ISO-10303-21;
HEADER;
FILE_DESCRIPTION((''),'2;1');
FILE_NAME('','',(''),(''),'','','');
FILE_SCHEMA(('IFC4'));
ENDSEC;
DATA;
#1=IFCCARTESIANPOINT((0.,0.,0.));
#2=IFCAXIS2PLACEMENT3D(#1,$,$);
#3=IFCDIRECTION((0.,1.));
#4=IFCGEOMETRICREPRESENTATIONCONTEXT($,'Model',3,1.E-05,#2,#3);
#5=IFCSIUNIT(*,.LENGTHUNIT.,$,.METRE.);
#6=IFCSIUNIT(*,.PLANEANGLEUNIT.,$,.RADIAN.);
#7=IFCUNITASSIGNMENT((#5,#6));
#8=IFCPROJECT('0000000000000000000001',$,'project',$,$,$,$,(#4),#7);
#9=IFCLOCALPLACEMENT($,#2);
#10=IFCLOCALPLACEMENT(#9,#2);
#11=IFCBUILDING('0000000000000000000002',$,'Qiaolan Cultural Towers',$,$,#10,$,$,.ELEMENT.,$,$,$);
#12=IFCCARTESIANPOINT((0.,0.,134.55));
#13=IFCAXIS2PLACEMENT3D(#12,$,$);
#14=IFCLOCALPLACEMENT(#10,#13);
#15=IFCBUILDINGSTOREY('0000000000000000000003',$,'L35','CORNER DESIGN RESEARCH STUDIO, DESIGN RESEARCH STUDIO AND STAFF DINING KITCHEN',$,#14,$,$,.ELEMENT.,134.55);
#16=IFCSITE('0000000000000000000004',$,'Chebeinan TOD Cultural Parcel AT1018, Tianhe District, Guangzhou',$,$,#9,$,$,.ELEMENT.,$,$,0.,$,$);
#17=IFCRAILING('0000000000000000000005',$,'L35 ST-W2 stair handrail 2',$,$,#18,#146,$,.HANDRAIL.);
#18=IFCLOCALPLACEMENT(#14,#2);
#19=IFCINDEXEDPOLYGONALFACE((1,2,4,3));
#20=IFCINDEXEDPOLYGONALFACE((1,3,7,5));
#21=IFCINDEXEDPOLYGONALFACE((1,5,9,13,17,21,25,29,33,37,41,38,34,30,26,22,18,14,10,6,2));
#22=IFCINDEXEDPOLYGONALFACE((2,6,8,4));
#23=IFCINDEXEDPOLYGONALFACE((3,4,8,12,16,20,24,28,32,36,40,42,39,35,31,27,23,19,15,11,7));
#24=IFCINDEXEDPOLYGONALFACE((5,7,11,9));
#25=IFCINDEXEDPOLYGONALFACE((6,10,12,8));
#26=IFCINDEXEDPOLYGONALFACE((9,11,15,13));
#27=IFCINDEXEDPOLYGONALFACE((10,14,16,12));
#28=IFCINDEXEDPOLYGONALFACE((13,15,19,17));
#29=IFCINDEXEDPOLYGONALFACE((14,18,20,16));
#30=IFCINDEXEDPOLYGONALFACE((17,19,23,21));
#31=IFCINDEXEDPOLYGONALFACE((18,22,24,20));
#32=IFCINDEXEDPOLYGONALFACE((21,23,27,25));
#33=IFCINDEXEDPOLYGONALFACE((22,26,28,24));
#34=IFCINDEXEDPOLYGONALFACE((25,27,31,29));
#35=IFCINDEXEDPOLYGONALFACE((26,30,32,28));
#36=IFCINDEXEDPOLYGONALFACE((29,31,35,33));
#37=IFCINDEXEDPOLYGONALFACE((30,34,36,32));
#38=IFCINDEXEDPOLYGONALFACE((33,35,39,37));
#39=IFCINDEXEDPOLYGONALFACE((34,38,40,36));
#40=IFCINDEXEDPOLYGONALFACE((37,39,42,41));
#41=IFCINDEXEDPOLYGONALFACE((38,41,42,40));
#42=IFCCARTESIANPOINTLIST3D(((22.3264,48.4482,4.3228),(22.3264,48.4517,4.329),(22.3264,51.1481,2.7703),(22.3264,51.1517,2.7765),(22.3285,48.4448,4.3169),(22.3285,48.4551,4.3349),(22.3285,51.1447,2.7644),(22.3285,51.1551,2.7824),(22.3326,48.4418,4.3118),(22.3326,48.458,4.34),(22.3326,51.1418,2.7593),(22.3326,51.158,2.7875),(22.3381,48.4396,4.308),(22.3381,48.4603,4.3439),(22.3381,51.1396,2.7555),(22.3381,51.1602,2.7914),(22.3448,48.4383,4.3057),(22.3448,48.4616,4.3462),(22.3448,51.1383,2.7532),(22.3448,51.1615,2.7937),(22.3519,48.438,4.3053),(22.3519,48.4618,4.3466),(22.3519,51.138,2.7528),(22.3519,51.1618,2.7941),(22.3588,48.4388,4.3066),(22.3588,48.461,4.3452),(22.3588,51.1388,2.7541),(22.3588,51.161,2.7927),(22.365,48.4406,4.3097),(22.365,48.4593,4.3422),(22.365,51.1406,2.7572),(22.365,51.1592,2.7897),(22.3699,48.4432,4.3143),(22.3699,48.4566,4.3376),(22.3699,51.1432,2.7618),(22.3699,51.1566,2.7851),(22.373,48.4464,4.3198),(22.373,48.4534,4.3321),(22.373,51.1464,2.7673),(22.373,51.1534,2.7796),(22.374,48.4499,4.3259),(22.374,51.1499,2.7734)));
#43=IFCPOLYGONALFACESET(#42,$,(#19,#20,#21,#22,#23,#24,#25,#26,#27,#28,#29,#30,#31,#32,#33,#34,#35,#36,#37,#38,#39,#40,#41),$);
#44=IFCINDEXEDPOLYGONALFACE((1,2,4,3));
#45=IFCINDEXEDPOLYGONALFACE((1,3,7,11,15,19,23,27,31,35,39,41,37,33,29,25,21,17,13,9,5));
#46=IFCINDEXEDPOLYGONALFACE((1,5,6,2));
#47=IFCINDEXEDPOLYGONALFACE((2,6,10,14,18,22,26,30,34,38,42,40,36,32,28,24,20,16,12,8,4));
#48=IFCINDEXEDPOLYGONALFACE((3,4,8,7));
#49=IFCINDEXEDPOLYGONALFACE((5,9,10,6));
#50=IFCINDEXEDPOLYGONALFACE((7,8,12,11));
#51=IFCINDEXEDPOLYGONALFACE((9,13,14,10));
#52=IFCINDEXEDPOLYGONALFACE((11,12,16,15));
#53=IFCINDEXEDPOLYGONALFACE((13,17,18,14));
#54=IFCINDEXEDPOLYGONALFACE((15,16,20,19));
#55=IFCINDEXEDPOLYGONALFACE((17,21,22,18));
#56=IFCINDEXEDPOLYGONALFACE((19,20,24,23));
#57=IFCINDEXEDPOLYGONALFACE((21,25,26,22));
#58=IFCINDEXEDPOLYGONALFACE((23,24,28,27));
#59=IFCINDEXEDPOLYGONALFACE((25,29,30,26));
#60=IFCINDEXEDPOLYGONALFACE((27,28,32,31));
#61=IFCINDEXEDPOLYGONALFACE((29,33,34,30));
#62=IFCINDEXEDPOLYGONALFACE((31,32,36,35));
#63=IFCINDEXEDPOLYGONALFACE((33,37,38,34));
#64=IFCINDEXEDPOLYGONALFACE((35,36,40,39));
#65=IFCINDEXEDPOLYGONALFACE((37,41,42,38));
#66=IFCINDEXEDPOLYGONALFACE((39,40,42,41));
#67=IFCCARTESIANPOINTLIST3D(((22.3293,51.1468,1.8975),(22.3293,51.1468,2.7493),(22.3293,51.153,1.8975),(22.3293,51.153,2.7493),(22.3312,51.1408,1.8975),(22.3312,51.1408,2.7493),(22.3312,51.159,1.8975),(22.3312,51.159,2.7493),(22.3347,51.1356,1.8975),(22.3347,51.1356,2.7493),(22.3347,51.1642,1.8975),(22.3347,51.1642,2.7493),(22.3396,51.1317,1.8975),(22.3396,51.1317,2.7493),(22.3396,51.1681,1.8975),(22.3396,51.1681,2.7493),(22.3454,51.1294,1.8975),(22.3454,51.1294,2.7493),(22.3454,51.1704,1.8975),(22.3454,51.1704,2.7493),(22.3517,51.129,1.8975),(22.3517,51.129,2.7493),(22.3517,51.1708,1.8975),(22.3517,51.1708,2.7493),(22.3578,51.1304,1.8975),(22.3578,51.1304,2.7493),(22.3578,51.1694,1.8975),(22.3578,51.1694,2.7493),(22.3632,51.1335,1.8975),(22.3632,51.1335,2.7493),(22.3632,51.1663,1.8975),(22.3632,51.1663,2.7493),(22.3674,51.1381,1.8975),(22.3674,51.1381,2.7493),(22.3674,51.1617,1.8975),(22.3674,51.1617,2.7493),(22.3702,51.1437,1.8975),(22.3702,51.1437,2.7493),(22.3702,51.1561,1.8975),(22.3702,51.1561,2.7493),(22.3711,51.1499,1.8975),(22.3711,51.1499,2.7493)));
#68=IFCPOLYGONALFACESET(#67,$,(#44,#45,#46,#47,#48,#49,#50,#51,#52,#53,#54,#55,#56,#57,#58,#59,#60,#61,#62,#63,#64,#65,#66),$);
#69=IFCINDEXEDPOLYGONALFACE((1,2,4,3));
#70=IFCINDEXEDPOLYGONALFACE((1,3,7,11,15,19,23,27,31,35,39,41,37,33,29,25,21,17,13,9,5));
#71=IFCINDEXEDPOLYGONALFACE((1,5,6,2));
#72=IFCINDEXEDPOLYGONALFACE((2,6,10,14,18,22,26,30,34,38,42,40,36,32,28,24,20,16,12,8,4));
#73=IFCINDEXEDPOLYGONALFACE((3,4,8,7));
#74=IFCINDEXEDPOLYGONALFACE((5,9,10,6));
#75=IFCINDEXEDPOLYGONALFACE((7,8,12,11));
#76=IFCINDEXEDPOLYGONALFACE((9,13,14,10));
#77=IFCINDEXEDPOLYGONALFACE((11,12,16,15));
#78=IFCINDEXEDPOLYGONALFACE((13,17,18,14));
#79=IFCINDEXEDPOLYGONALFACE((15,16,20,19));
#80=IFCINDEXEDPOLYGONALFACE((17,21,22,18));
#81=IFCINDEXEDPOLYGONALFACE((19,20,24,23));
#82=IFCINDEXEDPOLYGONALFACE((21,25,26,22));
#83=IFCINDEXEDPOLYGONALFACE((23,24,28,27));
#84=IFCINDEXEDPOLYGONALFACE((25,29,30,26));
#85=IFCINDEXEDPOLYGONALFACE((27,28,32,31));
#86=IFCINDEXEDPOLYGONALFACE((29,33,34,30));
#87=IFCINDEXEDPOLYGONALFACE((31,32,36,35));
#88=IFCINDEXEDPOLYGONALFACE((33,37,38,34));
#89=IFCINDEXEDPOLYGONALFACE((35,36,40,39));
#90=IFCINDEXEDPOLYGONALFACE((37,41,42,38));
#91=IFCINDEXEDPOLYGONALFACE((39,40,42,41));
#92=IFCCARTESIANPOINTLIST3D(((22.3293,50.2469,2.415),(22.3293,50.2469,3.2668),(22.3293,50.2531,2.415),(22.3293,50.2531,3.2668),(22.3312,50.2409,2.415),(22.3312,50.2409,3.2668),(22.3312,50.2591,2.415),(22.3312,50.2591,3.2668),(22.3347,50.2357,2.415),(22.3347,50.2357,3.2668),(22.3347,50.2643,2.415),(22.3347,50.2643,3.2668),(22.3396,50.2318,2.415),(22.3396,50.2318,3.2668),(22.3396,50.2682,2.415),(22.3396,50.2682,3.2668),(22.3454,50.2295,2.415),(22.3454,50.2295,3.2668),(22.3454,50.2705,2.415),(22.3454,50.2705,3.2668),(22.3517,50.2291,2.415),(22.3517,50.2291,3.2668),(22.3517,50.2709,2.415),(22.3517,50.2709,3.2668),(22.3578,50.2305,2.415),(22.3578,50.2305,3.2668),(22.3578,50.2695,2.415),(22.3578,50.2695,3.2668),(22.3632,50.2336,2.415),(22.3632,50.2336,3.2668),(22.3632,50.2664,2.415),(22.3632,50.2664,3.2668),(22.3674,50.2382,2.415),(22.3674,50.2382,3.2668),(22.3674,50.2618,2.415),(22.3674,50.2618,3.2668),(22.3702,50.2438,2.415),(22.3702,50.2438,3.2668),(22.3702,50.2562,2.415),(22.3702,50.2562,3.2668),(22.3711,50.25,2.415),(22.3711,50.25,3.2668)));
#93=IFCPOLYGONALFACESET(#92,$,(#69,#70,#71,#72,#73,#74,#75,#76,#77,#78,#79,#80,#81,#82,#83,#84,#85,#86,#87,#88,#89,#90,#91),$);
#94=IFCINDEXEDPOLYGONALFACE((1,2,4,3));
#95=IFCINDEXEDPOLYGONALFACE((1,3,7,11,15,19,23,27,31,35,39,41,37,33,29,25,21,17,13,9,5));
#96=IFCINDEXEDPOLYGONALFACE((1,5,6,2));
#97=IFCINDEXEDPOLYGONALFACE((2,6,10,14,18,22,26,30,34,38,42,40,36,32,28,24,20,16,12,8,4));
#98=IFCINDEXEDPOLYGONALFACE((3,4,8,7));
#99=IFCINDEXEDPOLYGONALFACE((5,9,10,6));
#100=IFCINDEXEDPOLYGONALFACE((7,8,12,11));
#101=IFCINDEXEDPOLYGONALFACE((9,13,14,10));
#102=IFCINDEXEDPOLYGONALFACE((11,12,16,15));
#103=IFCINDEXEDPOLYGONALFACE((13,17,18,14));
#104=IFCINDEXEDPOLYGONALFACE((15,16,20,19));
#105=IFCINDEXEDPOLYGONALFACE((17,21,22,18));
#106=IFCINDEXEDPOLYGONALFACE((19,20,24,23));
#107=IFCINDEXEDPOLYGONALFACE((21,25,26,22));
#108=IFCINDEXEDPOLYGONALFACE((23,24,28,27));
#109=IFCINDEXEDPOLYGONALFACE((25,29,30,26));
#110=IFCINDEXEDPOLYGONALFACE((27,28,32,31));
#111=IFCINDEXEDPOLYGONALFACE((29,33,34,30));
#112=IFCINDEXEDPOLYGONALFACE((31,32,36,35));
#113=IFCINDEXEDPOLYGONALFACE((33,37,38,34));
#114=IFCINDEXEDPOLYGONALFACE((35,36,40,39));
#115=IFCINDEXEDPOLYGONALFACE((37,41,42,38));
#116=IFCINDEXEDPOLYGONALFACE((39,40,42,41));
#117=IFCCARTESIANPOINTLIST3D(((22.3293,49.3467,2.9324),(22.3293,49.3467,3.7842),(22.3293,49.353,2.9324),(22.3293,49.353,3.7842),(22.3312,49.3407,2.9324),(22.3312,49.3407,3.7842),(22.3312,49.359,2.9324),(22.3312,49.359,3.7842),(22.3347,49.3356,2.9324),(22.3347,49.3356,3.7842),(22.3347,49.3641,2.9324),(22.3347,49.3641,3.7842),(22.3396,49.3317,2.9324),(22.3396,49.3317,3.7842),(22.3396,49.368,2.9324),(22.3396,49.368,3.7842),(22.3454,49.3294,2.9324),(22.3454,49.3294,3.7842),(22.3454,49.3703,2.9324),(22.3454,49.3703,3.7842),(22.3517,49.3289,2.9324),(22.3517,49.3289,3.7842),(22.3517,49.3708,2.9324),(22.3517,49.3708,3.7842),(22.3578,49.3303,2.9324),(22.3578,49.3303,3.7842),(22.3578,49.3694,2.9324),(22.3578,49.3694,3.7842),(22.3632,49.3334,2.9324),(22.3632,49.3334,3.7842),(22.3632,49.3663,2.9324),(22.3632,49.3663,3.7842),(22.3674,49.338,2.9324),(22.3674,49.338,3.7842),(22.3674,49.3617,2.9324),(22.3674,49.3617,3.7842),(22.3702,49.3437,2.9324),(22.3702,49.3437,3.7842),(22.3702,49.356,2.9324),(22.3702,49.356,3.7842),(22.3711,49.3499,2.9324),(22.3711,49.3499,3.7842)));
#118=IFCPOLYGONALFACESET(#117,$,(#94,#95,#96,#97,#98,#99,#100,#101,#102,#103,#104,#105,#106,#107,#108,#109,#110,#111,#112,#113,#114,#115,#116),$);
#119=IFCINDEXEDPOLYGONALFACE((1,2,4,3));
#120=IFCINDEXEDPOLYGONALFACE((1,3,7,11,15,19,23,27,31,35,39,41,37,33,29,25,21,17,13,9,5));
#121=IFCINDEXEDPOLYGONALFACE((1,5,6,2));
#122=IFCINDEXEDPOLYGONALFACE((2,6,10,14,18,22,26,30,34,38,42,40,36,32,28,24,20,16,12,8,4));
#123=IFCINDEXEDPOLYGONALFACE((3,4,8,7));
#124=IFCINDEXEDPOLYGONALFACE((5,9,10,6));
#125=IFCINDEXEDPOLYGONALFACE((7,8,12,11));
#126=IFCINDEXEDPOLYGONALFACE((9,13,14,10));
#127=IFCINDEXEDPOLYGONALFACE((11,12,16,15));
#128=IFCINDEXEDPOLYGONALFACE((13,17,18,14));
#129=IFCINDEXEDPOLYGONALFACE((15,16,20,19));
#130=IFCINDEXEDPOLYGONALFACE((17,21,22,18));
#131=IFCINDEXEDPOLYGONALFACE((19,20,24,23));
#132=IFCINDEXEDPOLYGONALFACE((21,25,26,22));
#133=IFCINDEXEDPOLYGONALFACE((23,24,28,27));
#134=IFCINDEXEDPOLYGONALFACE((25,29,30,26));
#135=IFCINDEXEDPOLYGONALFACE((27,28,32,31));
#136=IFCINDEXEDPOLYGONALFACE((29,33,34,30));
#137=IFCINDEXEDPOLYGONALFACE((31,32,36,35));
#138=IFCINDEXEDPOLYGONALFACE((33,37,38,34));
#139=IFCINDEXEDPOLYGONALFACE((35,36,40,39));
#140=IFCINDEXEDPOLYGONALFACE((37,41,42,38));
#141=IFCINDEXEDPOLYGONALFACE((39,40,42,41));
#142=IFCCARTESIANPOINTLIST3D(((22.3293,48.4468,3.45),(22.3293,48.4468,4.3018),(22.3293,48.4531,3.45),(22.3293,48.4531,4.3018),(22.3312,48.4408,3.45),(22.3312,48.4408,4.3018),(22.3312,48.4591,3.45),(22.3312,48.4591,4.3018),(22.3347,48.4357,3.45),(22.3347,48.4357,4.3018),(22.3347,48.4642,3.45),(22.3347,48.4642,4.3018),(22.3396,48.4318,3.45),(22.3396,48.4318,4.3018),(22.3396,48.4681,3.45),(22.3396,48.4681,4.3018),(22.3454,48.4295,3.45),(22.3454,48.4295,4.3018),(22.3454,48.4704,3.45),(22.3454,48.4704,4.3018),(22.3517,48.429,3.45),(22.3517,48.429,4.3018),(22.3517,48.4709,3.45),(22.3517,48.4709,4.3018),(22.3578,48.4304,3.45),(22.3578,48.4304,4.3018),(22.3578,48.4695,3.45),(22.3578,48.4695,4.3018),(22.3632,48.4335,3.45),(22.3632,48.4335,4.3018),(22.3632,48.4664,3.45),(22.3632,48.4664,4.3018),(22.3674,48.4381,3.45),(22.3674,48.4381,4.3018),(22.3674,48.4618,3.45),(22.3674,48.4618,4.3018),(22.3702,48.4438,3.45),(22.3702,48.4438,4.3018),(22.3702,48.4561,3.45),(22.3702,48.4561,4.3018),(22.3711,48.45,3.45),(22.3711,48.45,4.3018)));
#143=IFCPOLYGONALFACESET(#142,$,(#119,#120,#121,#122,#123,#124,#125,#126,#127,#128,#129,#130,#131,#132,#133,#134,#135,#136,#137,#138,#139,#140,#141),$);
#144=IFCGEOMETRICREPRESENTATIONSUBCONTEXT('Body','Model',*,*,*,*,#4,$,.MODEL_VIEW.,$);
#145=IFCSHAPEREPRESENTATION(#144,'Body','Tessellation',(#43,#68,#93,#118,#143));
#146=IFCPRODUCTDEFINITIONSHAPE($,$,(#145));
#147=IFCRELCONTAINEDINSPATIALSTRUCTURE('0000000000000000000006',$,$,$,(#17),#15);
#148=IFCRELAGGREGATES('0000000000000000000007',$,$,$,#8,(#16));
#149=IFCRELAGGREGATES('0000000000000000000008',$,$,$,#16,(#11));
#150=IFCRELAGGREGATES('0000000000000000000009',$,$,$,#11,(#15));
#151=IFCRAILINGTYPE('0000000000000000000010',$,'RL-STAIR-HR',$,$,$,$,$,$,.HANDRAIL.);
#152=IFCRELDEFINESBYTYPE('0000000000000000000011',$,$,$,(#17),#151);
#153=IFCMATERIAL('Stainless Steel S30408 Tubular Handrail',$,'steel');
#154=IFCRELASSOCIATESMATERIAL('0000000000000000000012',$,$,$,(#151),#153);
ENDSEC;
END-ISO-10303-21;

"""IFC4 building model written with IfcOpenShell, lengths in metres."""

from ifc_helpers import new_model, si_unit, direction, frame, origin, origin_2d, place, context, subcontext, project, spatial, circle, extrude, material, type_object, element, save


model = new_model("IFC4")

# Units and contexts
model_context = context("Model", 3, precision=1e-05, world=origin(), true_north=direction((0.0, 1.0)))
body_context = subcontext(model_context, "Body", "Model", "MODEL_VIEW")
ifc_project = project(units=[si_unit("LENGTHUNIT", "METRE"), si_unit("PLANEANGLEUNIT", "RADIAN")], contexts=[model_context])

# Site, building, storey
site_placement = place(None, origin())
site = spatial("IfcSite", under=ifc_project, at=site_placement, Name="Chebeinan TOD Cultural Parcel AT1018, Tianhe District, Guangzhou", CompositionType="ELEMENT", RefElevation=0.0)
building_placement = place(site_placement, origin())
building = spatial("IfcBuilding", under=site, at=building_placement, Name="Qiaolan Cultural Towers", CompositionType="ELEMENT")
storey_placement = place(building_placement, frame((0.0, 0.0, 134.55)))
storey = spatial("IfcBuildingStorey", under=building, at=storey_placement, Name="L35", Description="CORNER DESIGN RESEARCH STUDIO, DESIGN RESEARCH STUDIO AND STAFF DINING KITCHEN", CompositionType="ELEMENT", Elevation=134.55)

# Railing
ifc_material_1 = material(Name="Stainless Steel S30408 Tubular Handrail", Category="steel")
railing_type_1 = type_object("IfcRailingType", Name="RL-STAIR-HR", PredefinedType="HANDRAIL", material=ifc_material_1)
railing_1_placement = place(storey_placement, frame((22.3501, 51.1499, 1.8975)))
element("IfcRailing", 1, at=railing_1_placement, inside=storey, type_object=railing_type_1, Name="L35 ST-W2 stair handrail 2", PredefinedType="HANDRAIL", context=body_context, shape_type="SweptSolid", body=[
    extrude(circle(Radius=0.0239, at=origin_2d()), frame((0.0, 0.0, 0.876), z_axis=(0.0, -0.866904, 0.498476), x_axis=(1.0, 0.0, 0.0)), (0.0, 0.0, 1.0), 3.1145),
    extrude(circle(Radius=0.021, at=origin_2d()), origin(), (0.0, 0.0, 1.0), 0.8518),
    extrude(circle(Radius=0.021, at=origin_2d()), frame((0.0, -0.8999, 0.5176)), (0.0, 0.0, 1.0), 0.8518),
    extrude(circle(Radius=0.021, at=origin_2d()), frame((0.0, -1.8, 1.0349)), (0.0, 0.0, 1.0), 0.8518),
    extrude(circle(Radius=0.021, at=origin_2d()), frame((0.0, -2.7, 1.5525)), (0.0, 0.0, 1.0), 0.8518),
])

save(model, "model.ifc")
